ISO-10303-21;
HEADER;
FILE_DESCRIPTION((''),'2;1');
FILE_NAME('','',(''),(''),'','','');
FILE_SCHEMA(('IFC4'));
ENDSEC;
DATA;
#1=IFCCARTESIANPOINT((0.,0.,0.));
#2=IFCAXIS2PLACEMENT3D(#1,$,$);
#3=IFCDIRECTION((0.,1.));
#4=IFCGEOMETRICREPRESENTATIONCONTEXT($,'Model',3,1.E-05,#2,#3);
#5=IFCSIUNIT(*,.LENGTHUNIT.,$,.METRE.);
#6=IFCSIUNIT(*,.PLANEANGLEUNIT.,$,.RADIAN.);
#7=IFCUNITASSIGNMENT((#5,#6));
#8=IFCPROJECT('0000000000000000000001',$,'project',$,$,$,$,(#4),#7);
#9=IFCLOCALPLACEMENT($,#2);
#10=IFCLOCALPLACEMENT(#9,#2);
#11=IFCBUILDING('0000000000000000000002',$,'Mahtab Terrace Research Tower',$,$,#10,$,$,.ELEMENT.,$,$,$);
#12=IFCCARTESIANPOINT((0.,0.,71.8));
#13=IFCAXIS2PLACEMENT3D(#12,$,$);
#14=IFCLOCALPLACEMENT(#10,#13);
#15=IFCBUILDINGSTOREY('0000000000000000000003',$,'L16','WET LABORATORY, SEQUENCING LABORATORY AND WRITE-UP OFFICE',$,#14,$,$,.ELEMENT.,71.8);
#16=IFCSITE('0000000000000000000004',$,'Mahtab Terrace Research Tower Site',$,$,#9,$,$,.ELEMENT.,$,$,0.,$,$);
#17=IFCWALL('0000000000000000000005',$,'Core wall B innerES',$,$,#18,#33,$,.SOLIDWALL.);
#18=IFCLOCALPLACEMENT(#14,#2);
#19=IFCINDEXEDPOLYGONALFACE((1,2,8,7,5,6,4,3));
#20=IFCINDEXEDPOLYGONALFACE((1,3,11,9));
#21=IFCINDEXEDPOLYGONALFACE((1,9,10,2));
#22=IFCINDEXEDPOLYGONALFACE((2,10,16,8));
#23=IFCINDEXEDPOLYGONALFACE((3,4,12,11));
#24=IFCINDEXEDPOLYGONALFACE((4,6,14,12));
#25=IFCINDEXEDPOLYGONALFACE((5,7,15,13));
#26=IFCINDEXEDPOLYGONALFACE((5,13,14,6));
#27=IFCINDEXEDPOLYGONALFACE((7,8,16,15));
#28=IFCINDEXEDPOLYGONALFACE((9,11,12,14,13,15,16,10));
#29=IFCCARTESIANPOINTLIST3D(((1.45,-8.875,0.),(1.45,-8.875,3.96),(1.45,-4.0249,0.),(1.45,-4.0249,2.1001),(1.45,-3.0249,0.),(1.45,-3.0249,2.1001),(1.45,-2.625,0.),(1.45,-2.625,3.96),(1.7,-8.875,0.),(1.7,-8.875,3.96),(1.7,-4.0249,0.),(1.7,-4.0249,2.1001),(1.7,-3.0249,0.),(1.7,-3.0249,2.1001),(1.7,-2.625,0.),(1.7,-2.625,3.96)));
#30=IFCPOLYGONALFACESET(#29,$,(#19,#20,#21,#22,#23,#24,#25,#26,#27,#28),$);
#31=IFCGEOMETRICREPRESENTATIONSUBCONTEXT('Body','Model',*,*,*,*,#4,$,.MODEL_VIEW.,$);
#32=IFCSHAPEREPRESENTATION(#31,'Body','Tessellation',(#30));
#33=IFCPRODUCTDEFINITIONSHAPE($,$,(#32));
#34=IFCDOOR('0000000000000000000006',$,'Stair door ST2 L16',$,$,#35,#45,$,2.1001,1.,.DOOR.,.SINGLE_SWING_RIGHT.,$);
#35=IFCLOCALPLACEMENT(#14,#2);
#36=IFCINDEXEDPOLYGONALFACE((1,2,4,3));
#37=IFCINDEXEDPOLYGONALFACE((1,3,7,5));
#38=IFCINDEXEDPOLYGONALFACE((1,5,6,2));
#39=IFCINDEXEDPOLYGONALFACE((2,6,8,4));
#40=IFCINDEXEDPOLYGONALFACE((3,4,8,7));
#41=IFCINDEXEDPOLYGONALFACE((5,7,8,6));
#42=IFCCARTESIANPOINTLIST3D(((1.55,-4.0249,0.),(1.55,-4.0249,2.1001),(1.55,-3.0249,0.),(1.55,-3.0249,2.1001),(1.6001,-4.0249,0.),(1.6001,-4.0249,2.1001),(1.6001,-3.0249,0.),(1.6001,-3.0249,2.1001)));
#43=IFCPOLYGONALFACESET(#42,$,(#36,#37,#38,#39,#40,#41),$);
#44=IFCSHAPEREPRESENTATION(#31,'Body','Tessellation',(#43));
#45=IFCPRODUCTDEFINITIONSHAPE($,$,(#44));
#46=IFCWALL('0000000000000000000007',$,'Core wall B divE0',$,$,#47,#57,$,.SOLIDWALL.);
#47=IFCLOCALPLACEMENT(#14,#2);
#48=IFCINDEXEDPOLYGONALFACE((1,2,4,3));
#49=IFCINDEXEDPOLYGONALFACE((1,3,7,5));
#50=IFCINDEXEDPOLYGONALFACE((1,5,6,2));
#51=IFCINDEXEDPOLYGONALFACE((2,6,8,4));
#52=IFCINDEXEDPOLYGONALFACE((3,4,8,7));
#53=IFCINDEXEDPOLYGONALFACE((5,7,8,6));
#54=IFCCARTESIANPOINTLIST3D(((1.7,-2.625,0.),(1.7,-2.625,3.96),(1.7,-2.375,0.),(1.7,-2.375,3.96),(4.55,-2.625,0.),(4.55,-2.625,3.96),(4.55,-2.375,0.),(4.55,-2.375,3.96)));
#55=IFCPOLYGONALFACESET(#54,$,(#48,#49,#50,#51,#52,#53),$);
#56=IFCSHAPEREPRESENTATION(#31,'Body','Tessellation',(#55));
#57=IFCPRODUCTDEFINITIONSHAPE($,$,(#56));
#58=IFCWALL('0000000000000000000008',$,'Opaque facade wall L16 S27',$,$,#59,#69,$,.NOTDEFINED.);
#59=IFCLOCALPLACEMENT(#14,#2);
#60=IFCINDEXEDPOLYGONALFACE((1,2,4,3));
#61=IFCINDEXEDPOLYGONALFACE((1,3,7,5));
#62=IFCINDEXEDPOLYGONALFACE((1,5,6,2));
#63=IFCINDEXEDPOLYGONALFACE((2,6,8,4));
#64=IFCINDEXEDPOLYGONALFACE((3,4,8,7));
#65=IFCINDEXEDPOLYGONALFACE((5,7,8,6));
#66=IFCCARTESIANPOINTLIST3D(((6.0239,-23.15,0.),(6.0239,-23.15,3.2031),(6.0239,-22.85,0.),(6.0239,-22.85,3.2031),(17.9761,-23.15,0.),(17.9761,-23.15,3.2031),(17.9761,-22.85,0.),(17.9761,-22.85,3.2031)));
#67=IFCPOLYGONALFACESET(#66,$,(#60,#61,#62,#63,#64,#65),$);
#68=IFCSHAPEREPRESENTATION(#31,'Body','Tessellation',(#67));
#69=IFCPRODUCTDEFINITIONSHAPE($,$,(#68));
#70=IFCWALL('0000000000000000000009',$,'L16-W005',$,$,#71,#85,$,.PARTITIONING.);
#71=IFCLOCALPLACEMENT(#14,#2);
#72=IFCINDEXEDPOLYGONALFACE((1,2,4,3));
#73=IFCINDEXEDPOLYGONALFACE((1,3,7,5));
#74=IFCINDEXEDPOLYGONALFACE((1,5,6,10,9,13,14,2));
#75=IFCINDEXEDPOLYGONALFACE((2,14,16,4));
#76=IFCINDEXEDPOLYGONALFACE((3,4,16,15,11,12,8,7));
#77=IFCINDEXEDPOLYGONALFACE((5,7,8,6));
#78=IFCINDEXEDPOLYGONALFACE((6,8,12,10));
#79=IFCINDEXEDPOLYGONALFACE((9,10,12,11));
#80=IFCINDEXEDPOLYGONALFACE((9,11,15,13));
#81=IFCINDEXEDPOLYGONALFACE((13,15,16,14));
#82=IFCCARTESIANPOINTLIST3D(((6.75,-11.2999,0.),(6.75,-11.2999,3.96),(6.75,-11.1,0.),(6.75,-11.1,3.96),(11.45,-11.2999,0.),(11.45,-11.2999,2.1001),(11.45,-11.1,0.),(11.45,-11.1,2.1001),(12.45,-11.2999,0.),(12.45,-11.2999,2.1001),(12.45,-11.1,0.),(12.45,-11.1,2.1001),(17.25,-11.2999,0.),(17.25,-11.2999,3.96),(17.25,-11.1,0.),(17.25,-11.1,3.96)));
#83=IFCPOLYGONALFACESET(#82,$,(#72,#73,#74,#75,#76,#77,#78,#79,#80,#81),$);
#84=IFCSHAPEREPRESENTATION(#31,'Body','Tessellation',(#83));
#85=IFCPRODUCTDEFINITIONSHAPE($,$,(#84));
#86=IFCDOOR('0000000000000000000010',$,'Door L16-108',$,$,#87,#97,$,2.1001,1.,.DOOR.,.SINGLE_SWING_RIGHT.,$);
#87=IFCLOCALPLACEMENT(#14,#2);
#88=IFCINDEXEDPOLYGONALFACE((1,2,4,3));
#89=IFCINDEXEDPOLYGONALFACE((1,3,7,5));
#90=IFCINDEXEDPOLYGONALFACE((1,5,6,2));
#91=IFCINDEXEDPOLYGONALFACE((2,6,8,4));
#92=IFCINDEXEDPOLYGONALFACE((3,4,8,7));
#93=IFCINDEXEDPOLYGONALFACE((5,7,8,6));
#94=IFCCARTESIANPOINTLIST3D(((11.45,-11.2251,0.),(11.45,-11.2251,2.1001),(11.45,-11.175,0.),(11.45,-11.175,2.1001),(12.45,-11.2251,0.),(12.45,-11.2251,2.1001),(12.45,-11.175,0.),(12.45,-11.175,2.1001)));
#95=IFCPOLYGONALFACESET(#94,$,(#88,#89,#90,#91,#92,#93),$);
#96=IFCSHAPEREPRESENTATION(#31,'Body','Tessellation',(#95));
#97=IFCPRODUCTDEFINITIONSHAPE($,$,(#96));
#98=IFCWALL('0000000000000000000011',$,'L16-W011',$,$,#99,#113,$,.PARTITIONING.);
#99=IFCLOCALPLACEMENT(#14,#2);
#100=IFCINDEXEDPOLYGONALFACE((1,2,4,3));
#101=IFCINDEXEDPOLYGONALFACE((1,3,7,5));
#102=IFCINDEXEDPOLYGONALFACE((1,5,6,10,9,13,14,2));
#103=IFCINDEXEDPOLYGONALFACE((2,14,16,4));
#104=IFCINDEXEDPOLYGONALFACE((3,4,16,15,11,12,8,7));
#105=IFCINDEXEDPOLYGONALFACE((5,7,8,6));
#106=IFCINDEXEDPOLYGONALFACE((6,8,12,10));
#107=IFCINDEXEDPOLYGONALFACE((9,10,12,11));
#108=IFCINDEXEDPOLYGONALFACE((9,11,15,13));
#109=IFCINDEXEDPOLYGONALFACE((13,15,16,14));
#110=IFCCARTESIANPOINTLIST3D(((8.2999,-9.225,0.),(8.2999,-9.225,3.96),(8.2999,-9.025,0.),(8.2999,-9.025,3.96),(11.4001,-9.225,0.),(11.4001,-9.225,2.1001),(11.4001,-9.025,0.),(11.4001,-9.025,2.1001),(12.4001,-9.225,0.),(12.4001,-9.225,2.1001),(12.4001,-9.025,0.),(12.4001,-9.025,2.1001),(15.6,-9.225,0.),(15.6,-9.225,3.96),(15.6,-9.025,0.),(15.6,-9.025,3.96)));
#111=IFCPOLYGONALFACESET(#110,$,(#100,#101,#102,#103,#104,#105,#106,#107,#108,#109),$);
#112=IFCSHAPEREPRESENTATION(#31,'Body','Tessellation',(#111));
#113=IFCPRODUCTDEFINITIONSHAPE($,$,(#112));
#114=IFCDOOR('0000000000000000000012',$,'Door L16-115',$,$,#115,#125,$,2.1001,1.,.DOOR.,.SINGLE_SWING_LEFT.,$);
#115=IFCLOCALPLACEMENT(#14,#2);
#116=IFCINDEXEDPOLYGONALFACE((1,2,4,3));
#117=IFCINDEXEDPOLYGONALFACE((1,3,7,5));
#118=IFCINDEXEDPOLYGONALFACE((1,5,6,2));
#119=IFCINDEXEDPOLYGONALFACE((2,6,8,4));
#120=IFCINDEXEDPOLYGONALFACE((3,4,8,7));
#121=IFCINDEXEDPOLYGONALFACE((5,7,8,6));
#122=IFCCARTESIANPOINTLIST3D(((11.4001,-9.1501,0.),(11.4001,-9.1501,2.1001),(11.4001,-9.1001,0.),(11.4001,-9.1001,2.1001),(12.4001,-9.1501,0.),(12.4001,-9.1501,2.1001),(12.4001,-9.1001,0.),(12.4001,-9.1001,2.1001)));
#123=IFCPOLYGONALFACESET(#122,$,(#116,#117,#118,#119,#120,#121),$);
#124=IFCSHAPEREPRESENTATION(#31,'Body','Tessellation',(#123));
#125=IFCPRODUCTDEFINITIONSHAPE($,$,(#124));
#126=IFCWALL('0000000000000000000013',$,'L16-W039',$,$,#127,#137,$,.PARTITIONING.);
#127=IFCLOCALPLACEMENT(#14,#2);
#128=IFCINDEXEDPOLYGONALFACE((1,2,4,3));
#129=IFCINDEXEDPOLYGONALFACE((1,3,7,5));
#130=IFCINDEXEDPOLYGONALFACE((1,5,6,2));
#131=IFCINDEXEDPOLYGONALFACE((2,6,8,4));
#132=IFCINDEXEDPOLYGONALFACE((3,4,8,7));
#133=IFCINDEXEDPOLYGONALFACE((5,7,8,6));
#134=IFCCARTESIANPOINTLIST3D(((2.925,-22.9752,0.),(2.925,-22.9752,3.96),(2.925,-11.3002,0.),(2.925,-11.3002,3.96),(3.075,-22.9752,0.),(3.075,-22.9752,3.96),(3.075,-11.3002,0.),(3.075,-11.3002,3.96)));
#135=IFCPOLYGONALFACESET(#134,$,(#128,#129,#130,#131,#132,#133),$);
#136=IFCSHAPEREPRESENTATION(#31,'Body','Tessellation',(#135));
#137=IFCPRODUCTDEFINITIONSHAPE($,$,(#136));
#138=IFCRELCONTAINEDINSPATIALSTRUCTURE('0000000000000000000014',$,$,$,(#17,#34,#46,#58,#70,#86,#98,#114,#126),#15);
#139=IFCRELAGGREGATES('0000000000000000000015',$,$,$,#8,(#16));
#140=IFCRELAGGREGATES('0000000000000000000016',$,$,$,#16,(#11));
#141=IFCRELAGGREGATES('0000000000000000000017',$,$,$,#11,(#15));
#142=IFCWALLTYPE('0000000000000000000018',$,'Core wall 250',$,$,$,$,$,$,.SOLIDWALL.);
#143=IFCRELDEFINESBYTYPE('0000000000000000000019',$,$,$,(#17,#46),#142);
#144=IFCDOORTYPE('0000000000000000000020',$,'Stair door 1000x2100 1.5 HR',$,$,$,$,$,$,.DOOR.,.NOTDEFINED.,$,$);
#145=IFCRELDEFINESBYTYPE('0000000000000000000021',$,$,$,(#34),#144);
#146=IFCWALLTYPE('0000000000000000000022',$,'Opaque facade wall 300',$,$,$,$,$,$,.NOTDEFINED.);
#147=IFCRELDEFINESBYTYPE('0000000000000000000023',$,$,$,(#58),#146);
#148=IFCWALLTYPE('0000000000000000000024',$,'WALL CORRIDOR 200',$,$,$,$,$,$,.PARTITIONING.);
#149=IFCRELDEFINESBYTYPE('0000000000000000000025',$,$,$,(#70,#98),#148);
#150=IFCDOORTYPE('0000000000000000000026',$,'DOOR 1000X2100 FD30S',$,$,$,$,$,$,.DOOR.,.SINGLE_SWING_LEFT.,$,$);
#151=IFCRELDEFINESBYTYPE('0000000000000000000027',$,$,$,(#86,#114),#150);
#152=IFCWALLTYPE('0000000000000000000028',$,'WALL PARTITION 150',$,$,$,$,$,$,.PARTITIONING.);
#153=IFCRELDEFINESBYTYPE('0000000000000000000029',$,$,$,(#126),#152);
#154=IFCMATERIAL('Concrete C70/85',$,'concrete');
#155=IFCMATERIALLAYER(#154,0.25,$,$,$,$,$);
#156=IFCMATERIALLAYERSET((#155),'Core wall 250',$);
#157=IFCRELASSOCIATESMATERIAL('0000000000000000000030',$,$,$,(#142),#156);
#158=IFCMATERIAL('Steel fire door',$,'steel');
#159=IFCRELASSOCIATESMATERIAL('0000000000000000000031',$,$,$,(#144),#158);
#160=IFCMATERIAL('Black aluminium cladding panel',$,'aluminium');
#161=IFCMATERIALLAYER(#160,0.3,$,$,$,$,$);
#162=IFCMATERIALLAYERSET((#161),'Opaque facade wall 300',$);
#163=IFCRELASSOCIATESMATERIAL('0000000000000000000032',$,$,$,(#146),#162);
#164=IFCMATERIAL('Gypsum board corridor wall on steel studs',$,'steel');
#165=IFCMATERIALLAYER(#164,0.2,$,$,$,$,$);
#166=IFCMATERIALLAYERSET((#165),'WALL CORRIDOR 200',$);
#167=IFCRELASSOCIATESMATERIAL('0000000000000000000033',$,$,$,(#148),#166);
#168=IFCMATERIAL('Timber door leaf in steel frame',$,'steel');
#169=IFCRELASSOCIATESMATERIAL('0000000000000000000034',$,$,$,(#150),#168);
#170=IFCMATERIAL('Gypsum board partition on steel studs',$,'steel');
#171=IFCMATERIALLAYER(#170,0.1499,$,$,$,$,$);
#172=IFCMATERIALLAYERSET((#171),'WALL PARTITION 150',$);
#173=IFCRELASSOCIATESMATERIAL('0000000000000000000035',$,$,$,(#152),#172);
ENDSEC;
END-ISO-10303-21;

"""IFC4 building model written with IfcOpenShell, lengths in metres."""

from ifc_helpers import new_model, si_unit, direction, frame, frame_2d, origin, place, context, subcontext, project, spatial, rectangle, extrude, material, layer, layer_set, type_object, element, fill, save


model = new_model("IFC4")

# Units and contexts
model_context = context("Model", 3, precision=1e-05, world=origin(), true_north=direction((0.0, 1.0)))
body_context = subcontext(model_context, "Body", "Model", "MODEL_VIEW")
ifc_project = project(units=[si_unit("LENGTHUNIT", "METRE"), si_unit("PLANEANGLEUNIT", "RADIAN")], contexts=[model_context])

# Site, building, storey
site_placement = place(None, origin())
site = spatial("IfcSite", under=ifc_project, at=site_placement, Name="Mahtab Terrace Research Tower Site", CompositionType="ELEMENT", RefElevation=0.0)
building_placement = place(site_placement, origin())
building = spatial("IfcBuilding", under=site, at=building_placement, Name="Mahtab Terrace Research Tower", CompositionType="ELEMENT")
storey_placement = place(building_placement, frame((0.0, 0.0, 71.8)))
storey = spatial("IfcBuildingStorey", under=building, at=storey_placement, Name="L16", Description="WET LABORATORY, SEQUENCING LABORATORY AND WRITE-UP OFFICE", CompositionType="ELEMENT", Elevation=71.8)

# Shared definitions
ifc_material_1 = material(Name="Concrete C70/85", Category="concrete")

# Shared definitions
ifc_layer_1 = layer(ifc_material_1, 0.25)
ifc_layer_set_1 = layer_set([ifc_layer_1], Name="Core wall 250")
wall_type_1 = type_object("IfcWallType", Name="Core wall 250", PredefinedType="SOLIDWALL", material=ifc_layer_set_1)

# Wall, opening, door
ifc_material_2 = material(Name="Steel fire door", Category="steel")
wall_1_placement = place(storey_placement, frame((1.575, -8.875, 0.0), z_axis=(0.0, 0.0, 1.0), x_axis=(0.0, 1.0, 0.0)))
wall_1 = element("IfcWall", 1, at=wall_1_placement, inside=storey, type_object=wall_type_1, Name="Core wall B innerES", PredefinedType="SOLIDWALL", context=body_context, shape_type="SweptSolid", body=[
    extrude(rectangle(XDim=6.25, YDim=0.25, at=frame_2d((3.125, 0.0))), origin(), (0.0, 0.0, 1.0), 3.96),
])
opening_1_placement = place(wall_1_placement, frame((4.8501, 0.0, 0.0)))
opening_1 = element("IfcOpeningElement", 2, at=opening_1_placement, cuts=wall_1, PredefinedType="OPENING", context=body_context, shape_type="SweptSolid", body=[
    extrude(rectangle(XDim=1.0, YDim=2.1001, at=frame_2d((0.5, 1.05))), frame((0.0, 0.135, 0.0), z_axis=(0.0, -1.0, 0.0), x_axis=(1.0, 0.0, 0.0)), (0.0, 0.0, 1.0), 0.27),
])
door_type_1 = type_object("IfcDoorType", Name="Stair door 1000x2100 1.5 HR", OperationType="NOTDEFINED", PredefinedType="DOOR", material=ifc_material_2)
door_1_placement = place(opening_1_placement, origin())
door_1 = element("IfcDoor", 3, at=door_1_placement, inside=storey, type_object=door_type_1, Name="Stair door ST2 L16", OperationType="SINGLE_SWING_RIGHT", OverallHeight=2.1001, OverallWidth=1.0, PredefinedType="DOOR", context=body_context, shape_type="SweptSolid", body=[
    extrude(rectangle(XDim=1.0, YDim=2.1001, at=frame_2d((0.5, 1.05))), frame((0.0, 0.0249, 0.0), z_axis=(0.0, -1.0, 0.0), x_axis=(1.0, 0.0, 0.0)), (0.0, 0.0, 1.0), 0.05),
])
fill(opening_1, door_1)

# Walls
wall_2_placement = place(storey_placement, frame((1.7, -2.5, 0.0), z_axis=(0.0, 0.0, 1.0), x_axis=(1.0, 0.0, 0.0)))
element("IfcWall", 4, at=wall_2_placement, inside=storey, type_object=wall_type_1, Name="Core wall B divE0", PredefinedType="SOLIDWALL", context=body_context, shape_type="SweptSolid", body=[
    extrude(rectangle(XDim=2.8501, YDim=0.25, at=frame_2d((1.425, 0.0))), origin(), (0.0, 0.0, 1.0), 3.96),
])
ifc_material_3 = material(Name="Black aluminium cladding panel", Category="aluminium")
ifc_layer_2 = layer(ifc_material_3, 0.3)
ifc_layer_set_2 = layer_set([ifc_layer_2], Name="Opaque facade wall 300")
wall_type_2 = type_object("IfcWallType", Name="Opaque facade wall 300", PredefinedType="NOTDEFINED", material=ifc_layer_set_2)
wall_3_placement = place(storey_placement, frame((6.0239, -23.0, 0.0), z_axis=(0.0, 0.0, 1.0), x_axis=(1.0, 0.0, 0.0)))
element("IfcWall", 5, at=wall_3_placement, inside=storey, type_object=wall_type_2, Name="Opaque facade wall L16 S27", PredefinedType="NOTDEFINED", context=body_context, shape_type="SweptSolid", body=[
    extrude(rectangle(XDim=11.9521, YDim=0.3, at=frame_2d((5.9761, 0.0))), origin(), (0.0, 0.0, 1.0), 3.2031),
])

# Walls, openings, doors
ifc_material_4 = material(Name="Gypsum board corridor wall on steel studs", Category="steel")
ifc_layer_3 = layer(ifc_material_4, 0.2)
ifc_layer_set_3 = layer_set([ifc_layer_3], Name="WALL CORRIDOR 200")
wall_type_3 = type_object("IfcWallType", Name="WALL CORRIDOR 200", PredefinedType="PARTITIONING", material=ifc_layer_set_3)
wall_4_placement = place(storey_placement, frame((6.75, -11.2, 0.0), z_axis=(0.0, 0.0, 1.0), x_axis=(1.0, 0.0, 0.0)))
wall_4 = element("IfcWall", 6, at=wall_4_placement, inside=storey, type_object=wall_type_3, Name="L16-W005", PredefinedType="PARTITIONING", context=body_context, shape_type="SweptSolid", body=[
    extrude(rectangle(XDim=10.5, YDim=0.2, at=frame_2d((5.25, 0.0))), origin(), (0.0, 0.0, 1.0), 3.96),
])
opening_2_placement = place(wall_4_placement, frame((4.7, 0.0, 0.0)))
opening_2 = element("IfcOpeningElement", 7, at=opening_2_placement, cuts=wall_4, PredefinedType="OPENING", context=body_context, shape_type="SweptSolid", body=[
    extrude(rectangle(XDim=1.0, YDim=2.1001, at=frame_2d((0.5, 1.05))), frame((0.0, 0.1099, 0.0), z_axis=(0.0, -1.0, 0.0), x_axis=(1.0, 0.0, 0.0)), (0.0, 0.0, 1.0), 0.22),
])
ifc_material_5 = material(Name="Timber door leaf in steel frame", Category="steel")
door_type_2 = type_object("IfcDoorType", Name="DOOR 1000X2100 FD30S", OperationType="SINGLE_SWING_LEFT", PredefinedType="DOOR", material=ifc_material_5)
door_2_placement = place(opening_2_placement, origin())
door_2 = element("IfcDoor", 8, at=door_2_placement, inside=storey, type_object=door_type_2, Name="Door L16-108", OperationType="SINGLE_SWING_RIGHT", OverallHeight=2.1001, OverallWidth=1.0, PredefinedType="DOOR", context=body_context, shape_type="SweptSolid", body=[
    extrude(rectangle(XDim=1.0, YDim=2.1001, at=frame_2d((0.5, 1.05))), frame((0.0, 0.0249, 0.0), z_axis=(0.0, -1.0, 0.0), x_axis=(1.0, 0.0, 0.0)), (0.0, 0.0, 1.0), 0.05),
])
fill(opening_2, door_2)
wall_5_placement = place(storey_placement, frame((8.3, -9.125, 0.0), z_axis=(0.0, 0.0, 1.0), x_axis=(1.0, 0.0, 0.0)))
wall_5 = element("IfcWall", 9, at=wall_5_placement, inside=storey, type_object=wall_type_3, Name="L16-W011", PredefinedType="PARTITIONING", context=body_context, shape_type="SweptSolid", body=[
    extrude(rectangle(XDim=7.3, YDim=0.2, at=frame_2d((3.6499, 0.0))), origin(), (0.0, 0.0, 1.0), 3.96),
])
opening_3_placement = place(wall_5_placement, frame((3.1001, 0.0, 0.0)))
opening_3 = element("IfcOpeningElement", 10, at=opening_3_placement, cuts=wall_5, PredefinedType="OPENING", context=body_context, shape_type="SweptSolid", body=[
    extrude(rectangle(XDim=1.0, YDim=2.1001, at=frame_2d((0.5, 1.05))), frame((0.0, 0.1099, 0.0), z_axis=(0.0, -1.0, 0.0), x_axis=(1.0, 0.0, 0.0)), (0.0, 0.0, 1.0), 0.22),
])
door_3_placement = place(opening_3_placement, origin())
door_3 = element("IfcDoor", 11, at=door_3_placement, inside=storey, type_object=door_type_2, Name="Door L16-115", OperationType="SINGLE_SWING_LEFT", OverallHeight=2.1001, OverallWidth=1.0, PredefinedType="DOOR", context=body_context, shape_type="SweptSolid", body=[
    extrude(rectangle(XDim=1.0, YDim=2.1001, at=frame_2d((0.5, 1.05))), frame((0.0, 0.0249, 0.0), z_axis=(0.0, -1.0, 0.0), x_axis=(1.0, 0.0, 0.0)), (0.0, 0.0, 1.0), 0.05),
])
fill(opening_3, door_3)

# Wall
ifc_material_6 = material(Name="Gypsum board partition on steel studs", Category="steel")
ifc_layer_4 = layer(ifc_material_6, 0.1499)
ifc_layer_set_4 = layer_set([ifc_layer_4], Name="WALL PARTITION 150")
wall_type_4 = type_object("IfcWallType", Name="WALL PARTITION 150", PredefinedType="PARTITIONING", material=ifc_layer_set_4)
wall_6_placement = place(storey_placement, frame((3.0, -22.9751, 0.0), z_axis=(0.0, 0.0, 1.0), x_axis=(0.0, 1.0, 0.0)))
element("IfcWall", 12, at=wall_6_placement, inside=storey, type_object=wall_type_4, Name="L16-W039", PredefinedType="PARTITIONING", context=body_context, shape_type="SweptSolid", body=[
    extrude(rectangle(XDim=11.675, YDim=0.1499, at=frame_2d((5.8374, 0.0))), origin(), (0.0, 0.0, 1.0), 3.96),
])

save(model, "model.ifc")
